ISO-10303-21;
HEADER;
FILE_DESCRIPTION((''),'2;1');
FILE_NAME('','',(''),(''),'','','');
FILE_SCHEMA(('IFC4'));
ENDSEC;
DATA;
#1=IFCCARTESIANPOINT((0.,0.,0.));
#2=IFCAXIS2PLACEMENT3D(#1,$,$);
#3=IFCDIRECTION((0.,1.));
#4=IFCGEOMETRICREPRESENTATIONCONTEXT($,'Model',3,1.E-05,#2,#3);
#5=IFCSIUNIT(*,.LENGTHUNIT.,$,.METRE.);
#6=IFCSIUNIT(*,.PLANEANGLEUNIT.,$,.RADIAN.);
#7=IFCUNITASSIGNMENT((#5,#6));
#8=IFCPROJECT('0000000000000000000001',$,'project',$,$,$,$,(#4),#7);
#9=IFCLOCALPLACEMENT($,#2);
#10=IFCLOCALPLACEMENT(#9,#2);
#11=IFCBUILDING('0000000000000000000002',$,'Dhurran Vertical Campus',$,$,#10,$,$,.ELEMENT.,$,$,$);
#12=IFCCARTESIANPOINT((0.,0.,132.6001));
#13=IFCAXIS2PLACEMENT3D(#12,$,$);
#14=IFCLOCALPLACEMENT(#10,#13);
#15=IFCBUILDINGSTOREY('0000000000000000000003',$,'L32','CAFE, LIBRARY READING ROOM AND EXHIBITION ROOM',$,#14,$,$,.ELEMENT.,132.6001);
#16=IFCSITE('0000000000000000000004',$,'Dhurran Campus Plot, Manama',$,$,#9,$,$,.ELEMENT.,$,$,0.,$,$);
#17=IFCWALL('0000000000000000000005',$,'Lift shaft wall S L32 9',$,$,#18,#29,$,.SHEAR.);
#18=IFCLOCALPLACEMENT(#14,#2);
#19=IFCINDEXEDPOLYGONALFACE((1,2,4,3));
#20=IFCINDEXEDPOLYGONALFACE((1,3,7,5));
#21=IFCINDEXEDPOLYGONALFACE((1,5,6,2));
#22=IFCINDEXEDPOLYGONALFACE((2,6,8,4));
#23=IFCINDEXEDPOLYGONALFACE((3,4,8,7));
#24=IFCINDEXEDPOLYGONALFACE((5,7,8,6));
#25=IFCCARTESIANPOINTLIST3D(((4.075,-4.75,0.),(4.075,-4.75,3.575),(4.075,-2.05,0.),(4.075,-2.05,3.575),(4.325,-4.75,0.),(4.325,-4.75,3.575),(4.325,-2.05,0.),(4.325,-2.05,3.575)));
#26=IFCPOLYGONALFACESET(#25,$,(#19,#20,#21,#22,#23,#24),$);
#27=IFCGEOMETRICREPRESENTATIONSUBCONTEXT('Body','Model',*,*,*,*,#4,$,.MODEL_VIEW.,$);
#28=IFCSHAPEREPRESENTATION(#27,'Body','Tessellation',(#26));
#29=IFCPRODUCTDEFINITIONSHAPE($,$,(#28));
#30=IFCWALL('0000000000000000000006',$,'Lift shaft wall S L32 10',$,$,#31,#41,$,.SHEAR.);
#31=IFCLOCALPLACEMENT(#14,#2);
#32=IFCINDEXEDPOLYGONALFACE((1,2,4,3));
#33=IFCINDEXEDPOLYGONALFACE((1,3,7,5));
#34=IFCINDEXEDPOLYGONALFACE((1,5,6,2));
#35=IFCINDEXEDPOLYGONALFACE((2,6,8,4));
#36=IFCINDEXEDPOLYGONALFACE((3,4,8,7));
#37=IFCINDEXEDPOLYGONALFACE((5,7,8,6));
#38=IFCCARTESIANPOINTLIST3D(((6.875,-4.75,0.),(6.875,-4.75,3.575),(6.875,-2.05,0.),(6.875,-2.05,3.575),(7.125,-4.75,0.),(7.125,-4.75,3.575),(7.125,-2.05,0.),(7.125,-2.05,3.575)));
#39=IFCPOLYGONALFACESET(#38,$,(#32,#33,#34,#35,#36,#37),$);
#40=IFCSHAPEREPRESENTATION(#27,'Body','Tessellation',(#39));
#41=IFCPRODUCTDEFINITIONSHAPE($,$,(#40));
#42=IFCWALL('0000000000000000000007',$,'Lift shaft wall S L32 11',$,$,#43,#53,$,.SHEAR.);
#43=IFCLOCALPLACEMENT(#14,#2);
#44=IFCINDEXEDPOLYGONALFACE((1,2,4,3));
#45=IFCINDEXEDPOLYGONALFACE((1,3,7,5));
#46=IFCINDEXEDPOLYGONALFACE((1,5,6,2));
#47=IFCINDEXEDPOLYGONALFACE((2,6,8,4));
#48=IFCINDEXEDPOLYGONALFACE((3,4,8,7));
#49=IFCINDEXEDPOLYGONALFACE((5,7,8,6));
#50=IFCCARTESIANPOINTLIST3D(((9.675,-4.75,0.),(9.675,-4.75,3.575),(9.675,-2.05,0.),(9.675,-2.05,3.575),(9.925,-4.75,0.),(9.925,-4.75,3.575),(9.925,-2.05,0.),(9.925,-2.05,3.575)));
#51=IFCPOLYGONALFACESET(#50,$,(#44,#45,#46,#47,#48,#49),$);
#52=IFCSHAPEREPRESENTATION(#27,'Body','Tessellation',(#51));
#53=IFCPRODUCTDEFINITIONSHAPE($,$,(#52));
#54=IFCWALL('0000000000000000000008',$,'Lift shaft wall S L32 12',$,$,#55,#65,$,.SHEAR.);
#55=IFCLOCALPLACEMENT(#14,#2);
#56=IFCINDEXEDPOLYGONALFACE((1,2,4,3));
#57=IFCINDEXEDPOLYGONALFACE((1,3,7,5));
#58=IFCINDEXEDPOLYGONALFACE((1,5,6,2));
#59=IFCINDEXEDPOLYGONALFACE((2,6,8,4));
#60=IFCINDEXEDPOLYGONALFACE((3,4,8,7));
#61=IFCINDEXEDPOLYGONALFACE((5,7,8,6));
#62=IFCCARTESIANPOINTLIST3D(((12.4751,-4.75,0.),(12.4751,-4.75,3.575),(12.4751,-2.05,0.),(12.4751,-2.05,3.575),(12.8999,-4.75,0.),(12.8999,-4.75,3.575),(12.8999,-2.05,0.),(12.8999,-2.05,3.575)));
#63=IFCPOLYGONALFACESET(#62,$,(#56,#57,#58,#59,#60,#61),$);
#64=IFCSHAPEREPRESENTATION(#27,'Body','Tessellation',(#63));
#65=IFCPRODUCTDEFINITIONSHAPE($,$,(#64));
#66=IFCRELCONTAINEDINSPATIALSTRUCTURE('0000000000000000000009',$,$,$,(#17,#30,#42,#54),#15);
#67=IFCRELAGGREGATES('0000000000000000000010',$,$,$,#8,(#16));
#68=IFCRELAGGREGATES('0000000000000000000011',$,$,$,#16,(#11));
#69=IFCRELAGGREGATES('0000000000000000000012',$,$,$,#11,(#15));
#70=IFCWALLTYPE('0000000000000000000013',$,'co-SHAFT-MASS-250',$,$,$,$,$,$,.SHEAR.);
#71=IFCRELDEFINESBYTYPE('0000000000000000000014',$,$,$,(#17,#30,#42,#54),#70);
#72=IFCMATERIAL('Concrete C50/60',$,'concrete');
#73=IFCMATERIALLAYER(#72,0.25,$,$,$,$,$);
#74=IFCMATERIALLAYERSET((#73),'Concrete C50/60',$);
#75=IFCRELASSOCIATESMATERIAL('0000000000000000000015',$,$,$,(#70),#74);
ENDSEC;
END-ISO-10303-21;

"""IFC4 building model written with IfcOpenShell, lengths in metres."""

from ifc_helpers import new_model, si_unit, direction, frame, origin, place, context, subcontext, project, spatial, polyline, outline, extrude, material, layer, layer_set, type_object, element, save


model = new_model("IFC4")

# Units and contexts
model_context = context("Model", 3, precision=1e-05, world=origin(), true_north=direction((0.0, 1.0)))
body_context = subcontext(model_context, "Body", "Model", "MODEL_VIEW")
ifc_project = project(units=[si_unit("LENGTHUNIT", "METRE"), si_unit("PLANEANGLEUNIT", "RADIAN")], contexts=[model_context])

# Site, building, storey
site_placement = place(None, origin())
site = spatial("IfcSite", under=ifc_project, at=site_placement, Name="Dhurran Campus Plot, Manama", CompositionType="ELEMENT", RefElevation=0.0)
building_placement = place(site_placement, origin())
building = spatial("IfcBuilding", under=site, at=building_placement, Name="Dhurran Vertical Campus", CompositionType="ELEMENT")
storey_placement = place(building_placement, frame((0.0, 0.0, 132.6001)))
storey = spatial("IfcBuildingStorey", under=building, at=storey_placement, Name="L32", Description="CAFE, LIBRARY READING ROOM AND EXHIBITION ROOM", CompositionType="ELEMENT", Elevation=132.6001)

# Walls
ifc_material_1 = material(Name="Concrete C50/60", Category="concrete")
ifc_layer_1 = layer(ifc_material_1, 0.25)
ifc_layer_set_1 = layer_set([ifc_layer_1], Name="Concrete C50/60")
wall_type_1 = type_object("IfcWallType", Name="co-SHAFT-MASS-250", PredefinedType="SHEAR", material=ifc_layer_set_1)
wall_1_placement = place(storey_placement, origin())
element("IfcWall", 1, at=wall_1_placement, inside=storey, type_object=wall_type_1, Name="Lift shaft wall S L32 9", PredefinedType="SHEAR", context=body_context, shape_type="SweptSolid", body=[
    extrude(outline(polyline([(4.075, -4.75), (4.325, -4.75), (4.325, -2.05), (4.075, -2.05), (4.075, -4.75)])), origin(), (0.0, 0.0, 1.0), 3.575),
])
wall_2_placement = place(storey_placement, origin())
element("IfcWall", 2, at=wall_2_placement, inside=storey, type_object=wall_type_1, Name="Lift shaft wall S L32 10", PredefinedType="SHEAR", context=body_context, shape_type="SweptSolid", body=[
    extrude(outline(polyline([(6.875, -4.75), (7.125, -4.75), (7.125, -2.05), (6.875, -2.05), (6.875, -4.75)])), origin(), (0.0, 0.0, 1.0), 3.575),
])
wall_3_placement = place(storey_placement, origin())
element("IfcWall", 3, at=wall_3_placement, inside=storey, type_object=wall_type_1, Name="Lift shaft wall S L32 11", PredefinedType="SHEAR", context=body_context, shape_type="SweptSolid", body=[
    extrude(outline(polyline([(9.675, -4.75), (9.925, -4.75), (9.925, -2.05), (9.675, -2.05), (9.675, -4.75)])), origin(), (0.0, 0.0, 1.0), 3.575),
])
wall_4_placement = place(storey_placement, origin())
element("IfcWall", 4, at=wall_4_placement, inside=storey, type_object=wall_type_1, Name="Lift shaft wall S L32 12", PredefinedType="SHEAR", context=body_context, shape_type="SweptSolid", body=[
    extrude(outline(polyline([(12.4751, -4.75), (12.8999, -4.75), (12.8999, -2.05), (12.4751, -2.05), (12.4751, -4.75)])), origin(), (0.0, 0.0, 1.0), 3.575),
])

save(model, "model.ifc")
